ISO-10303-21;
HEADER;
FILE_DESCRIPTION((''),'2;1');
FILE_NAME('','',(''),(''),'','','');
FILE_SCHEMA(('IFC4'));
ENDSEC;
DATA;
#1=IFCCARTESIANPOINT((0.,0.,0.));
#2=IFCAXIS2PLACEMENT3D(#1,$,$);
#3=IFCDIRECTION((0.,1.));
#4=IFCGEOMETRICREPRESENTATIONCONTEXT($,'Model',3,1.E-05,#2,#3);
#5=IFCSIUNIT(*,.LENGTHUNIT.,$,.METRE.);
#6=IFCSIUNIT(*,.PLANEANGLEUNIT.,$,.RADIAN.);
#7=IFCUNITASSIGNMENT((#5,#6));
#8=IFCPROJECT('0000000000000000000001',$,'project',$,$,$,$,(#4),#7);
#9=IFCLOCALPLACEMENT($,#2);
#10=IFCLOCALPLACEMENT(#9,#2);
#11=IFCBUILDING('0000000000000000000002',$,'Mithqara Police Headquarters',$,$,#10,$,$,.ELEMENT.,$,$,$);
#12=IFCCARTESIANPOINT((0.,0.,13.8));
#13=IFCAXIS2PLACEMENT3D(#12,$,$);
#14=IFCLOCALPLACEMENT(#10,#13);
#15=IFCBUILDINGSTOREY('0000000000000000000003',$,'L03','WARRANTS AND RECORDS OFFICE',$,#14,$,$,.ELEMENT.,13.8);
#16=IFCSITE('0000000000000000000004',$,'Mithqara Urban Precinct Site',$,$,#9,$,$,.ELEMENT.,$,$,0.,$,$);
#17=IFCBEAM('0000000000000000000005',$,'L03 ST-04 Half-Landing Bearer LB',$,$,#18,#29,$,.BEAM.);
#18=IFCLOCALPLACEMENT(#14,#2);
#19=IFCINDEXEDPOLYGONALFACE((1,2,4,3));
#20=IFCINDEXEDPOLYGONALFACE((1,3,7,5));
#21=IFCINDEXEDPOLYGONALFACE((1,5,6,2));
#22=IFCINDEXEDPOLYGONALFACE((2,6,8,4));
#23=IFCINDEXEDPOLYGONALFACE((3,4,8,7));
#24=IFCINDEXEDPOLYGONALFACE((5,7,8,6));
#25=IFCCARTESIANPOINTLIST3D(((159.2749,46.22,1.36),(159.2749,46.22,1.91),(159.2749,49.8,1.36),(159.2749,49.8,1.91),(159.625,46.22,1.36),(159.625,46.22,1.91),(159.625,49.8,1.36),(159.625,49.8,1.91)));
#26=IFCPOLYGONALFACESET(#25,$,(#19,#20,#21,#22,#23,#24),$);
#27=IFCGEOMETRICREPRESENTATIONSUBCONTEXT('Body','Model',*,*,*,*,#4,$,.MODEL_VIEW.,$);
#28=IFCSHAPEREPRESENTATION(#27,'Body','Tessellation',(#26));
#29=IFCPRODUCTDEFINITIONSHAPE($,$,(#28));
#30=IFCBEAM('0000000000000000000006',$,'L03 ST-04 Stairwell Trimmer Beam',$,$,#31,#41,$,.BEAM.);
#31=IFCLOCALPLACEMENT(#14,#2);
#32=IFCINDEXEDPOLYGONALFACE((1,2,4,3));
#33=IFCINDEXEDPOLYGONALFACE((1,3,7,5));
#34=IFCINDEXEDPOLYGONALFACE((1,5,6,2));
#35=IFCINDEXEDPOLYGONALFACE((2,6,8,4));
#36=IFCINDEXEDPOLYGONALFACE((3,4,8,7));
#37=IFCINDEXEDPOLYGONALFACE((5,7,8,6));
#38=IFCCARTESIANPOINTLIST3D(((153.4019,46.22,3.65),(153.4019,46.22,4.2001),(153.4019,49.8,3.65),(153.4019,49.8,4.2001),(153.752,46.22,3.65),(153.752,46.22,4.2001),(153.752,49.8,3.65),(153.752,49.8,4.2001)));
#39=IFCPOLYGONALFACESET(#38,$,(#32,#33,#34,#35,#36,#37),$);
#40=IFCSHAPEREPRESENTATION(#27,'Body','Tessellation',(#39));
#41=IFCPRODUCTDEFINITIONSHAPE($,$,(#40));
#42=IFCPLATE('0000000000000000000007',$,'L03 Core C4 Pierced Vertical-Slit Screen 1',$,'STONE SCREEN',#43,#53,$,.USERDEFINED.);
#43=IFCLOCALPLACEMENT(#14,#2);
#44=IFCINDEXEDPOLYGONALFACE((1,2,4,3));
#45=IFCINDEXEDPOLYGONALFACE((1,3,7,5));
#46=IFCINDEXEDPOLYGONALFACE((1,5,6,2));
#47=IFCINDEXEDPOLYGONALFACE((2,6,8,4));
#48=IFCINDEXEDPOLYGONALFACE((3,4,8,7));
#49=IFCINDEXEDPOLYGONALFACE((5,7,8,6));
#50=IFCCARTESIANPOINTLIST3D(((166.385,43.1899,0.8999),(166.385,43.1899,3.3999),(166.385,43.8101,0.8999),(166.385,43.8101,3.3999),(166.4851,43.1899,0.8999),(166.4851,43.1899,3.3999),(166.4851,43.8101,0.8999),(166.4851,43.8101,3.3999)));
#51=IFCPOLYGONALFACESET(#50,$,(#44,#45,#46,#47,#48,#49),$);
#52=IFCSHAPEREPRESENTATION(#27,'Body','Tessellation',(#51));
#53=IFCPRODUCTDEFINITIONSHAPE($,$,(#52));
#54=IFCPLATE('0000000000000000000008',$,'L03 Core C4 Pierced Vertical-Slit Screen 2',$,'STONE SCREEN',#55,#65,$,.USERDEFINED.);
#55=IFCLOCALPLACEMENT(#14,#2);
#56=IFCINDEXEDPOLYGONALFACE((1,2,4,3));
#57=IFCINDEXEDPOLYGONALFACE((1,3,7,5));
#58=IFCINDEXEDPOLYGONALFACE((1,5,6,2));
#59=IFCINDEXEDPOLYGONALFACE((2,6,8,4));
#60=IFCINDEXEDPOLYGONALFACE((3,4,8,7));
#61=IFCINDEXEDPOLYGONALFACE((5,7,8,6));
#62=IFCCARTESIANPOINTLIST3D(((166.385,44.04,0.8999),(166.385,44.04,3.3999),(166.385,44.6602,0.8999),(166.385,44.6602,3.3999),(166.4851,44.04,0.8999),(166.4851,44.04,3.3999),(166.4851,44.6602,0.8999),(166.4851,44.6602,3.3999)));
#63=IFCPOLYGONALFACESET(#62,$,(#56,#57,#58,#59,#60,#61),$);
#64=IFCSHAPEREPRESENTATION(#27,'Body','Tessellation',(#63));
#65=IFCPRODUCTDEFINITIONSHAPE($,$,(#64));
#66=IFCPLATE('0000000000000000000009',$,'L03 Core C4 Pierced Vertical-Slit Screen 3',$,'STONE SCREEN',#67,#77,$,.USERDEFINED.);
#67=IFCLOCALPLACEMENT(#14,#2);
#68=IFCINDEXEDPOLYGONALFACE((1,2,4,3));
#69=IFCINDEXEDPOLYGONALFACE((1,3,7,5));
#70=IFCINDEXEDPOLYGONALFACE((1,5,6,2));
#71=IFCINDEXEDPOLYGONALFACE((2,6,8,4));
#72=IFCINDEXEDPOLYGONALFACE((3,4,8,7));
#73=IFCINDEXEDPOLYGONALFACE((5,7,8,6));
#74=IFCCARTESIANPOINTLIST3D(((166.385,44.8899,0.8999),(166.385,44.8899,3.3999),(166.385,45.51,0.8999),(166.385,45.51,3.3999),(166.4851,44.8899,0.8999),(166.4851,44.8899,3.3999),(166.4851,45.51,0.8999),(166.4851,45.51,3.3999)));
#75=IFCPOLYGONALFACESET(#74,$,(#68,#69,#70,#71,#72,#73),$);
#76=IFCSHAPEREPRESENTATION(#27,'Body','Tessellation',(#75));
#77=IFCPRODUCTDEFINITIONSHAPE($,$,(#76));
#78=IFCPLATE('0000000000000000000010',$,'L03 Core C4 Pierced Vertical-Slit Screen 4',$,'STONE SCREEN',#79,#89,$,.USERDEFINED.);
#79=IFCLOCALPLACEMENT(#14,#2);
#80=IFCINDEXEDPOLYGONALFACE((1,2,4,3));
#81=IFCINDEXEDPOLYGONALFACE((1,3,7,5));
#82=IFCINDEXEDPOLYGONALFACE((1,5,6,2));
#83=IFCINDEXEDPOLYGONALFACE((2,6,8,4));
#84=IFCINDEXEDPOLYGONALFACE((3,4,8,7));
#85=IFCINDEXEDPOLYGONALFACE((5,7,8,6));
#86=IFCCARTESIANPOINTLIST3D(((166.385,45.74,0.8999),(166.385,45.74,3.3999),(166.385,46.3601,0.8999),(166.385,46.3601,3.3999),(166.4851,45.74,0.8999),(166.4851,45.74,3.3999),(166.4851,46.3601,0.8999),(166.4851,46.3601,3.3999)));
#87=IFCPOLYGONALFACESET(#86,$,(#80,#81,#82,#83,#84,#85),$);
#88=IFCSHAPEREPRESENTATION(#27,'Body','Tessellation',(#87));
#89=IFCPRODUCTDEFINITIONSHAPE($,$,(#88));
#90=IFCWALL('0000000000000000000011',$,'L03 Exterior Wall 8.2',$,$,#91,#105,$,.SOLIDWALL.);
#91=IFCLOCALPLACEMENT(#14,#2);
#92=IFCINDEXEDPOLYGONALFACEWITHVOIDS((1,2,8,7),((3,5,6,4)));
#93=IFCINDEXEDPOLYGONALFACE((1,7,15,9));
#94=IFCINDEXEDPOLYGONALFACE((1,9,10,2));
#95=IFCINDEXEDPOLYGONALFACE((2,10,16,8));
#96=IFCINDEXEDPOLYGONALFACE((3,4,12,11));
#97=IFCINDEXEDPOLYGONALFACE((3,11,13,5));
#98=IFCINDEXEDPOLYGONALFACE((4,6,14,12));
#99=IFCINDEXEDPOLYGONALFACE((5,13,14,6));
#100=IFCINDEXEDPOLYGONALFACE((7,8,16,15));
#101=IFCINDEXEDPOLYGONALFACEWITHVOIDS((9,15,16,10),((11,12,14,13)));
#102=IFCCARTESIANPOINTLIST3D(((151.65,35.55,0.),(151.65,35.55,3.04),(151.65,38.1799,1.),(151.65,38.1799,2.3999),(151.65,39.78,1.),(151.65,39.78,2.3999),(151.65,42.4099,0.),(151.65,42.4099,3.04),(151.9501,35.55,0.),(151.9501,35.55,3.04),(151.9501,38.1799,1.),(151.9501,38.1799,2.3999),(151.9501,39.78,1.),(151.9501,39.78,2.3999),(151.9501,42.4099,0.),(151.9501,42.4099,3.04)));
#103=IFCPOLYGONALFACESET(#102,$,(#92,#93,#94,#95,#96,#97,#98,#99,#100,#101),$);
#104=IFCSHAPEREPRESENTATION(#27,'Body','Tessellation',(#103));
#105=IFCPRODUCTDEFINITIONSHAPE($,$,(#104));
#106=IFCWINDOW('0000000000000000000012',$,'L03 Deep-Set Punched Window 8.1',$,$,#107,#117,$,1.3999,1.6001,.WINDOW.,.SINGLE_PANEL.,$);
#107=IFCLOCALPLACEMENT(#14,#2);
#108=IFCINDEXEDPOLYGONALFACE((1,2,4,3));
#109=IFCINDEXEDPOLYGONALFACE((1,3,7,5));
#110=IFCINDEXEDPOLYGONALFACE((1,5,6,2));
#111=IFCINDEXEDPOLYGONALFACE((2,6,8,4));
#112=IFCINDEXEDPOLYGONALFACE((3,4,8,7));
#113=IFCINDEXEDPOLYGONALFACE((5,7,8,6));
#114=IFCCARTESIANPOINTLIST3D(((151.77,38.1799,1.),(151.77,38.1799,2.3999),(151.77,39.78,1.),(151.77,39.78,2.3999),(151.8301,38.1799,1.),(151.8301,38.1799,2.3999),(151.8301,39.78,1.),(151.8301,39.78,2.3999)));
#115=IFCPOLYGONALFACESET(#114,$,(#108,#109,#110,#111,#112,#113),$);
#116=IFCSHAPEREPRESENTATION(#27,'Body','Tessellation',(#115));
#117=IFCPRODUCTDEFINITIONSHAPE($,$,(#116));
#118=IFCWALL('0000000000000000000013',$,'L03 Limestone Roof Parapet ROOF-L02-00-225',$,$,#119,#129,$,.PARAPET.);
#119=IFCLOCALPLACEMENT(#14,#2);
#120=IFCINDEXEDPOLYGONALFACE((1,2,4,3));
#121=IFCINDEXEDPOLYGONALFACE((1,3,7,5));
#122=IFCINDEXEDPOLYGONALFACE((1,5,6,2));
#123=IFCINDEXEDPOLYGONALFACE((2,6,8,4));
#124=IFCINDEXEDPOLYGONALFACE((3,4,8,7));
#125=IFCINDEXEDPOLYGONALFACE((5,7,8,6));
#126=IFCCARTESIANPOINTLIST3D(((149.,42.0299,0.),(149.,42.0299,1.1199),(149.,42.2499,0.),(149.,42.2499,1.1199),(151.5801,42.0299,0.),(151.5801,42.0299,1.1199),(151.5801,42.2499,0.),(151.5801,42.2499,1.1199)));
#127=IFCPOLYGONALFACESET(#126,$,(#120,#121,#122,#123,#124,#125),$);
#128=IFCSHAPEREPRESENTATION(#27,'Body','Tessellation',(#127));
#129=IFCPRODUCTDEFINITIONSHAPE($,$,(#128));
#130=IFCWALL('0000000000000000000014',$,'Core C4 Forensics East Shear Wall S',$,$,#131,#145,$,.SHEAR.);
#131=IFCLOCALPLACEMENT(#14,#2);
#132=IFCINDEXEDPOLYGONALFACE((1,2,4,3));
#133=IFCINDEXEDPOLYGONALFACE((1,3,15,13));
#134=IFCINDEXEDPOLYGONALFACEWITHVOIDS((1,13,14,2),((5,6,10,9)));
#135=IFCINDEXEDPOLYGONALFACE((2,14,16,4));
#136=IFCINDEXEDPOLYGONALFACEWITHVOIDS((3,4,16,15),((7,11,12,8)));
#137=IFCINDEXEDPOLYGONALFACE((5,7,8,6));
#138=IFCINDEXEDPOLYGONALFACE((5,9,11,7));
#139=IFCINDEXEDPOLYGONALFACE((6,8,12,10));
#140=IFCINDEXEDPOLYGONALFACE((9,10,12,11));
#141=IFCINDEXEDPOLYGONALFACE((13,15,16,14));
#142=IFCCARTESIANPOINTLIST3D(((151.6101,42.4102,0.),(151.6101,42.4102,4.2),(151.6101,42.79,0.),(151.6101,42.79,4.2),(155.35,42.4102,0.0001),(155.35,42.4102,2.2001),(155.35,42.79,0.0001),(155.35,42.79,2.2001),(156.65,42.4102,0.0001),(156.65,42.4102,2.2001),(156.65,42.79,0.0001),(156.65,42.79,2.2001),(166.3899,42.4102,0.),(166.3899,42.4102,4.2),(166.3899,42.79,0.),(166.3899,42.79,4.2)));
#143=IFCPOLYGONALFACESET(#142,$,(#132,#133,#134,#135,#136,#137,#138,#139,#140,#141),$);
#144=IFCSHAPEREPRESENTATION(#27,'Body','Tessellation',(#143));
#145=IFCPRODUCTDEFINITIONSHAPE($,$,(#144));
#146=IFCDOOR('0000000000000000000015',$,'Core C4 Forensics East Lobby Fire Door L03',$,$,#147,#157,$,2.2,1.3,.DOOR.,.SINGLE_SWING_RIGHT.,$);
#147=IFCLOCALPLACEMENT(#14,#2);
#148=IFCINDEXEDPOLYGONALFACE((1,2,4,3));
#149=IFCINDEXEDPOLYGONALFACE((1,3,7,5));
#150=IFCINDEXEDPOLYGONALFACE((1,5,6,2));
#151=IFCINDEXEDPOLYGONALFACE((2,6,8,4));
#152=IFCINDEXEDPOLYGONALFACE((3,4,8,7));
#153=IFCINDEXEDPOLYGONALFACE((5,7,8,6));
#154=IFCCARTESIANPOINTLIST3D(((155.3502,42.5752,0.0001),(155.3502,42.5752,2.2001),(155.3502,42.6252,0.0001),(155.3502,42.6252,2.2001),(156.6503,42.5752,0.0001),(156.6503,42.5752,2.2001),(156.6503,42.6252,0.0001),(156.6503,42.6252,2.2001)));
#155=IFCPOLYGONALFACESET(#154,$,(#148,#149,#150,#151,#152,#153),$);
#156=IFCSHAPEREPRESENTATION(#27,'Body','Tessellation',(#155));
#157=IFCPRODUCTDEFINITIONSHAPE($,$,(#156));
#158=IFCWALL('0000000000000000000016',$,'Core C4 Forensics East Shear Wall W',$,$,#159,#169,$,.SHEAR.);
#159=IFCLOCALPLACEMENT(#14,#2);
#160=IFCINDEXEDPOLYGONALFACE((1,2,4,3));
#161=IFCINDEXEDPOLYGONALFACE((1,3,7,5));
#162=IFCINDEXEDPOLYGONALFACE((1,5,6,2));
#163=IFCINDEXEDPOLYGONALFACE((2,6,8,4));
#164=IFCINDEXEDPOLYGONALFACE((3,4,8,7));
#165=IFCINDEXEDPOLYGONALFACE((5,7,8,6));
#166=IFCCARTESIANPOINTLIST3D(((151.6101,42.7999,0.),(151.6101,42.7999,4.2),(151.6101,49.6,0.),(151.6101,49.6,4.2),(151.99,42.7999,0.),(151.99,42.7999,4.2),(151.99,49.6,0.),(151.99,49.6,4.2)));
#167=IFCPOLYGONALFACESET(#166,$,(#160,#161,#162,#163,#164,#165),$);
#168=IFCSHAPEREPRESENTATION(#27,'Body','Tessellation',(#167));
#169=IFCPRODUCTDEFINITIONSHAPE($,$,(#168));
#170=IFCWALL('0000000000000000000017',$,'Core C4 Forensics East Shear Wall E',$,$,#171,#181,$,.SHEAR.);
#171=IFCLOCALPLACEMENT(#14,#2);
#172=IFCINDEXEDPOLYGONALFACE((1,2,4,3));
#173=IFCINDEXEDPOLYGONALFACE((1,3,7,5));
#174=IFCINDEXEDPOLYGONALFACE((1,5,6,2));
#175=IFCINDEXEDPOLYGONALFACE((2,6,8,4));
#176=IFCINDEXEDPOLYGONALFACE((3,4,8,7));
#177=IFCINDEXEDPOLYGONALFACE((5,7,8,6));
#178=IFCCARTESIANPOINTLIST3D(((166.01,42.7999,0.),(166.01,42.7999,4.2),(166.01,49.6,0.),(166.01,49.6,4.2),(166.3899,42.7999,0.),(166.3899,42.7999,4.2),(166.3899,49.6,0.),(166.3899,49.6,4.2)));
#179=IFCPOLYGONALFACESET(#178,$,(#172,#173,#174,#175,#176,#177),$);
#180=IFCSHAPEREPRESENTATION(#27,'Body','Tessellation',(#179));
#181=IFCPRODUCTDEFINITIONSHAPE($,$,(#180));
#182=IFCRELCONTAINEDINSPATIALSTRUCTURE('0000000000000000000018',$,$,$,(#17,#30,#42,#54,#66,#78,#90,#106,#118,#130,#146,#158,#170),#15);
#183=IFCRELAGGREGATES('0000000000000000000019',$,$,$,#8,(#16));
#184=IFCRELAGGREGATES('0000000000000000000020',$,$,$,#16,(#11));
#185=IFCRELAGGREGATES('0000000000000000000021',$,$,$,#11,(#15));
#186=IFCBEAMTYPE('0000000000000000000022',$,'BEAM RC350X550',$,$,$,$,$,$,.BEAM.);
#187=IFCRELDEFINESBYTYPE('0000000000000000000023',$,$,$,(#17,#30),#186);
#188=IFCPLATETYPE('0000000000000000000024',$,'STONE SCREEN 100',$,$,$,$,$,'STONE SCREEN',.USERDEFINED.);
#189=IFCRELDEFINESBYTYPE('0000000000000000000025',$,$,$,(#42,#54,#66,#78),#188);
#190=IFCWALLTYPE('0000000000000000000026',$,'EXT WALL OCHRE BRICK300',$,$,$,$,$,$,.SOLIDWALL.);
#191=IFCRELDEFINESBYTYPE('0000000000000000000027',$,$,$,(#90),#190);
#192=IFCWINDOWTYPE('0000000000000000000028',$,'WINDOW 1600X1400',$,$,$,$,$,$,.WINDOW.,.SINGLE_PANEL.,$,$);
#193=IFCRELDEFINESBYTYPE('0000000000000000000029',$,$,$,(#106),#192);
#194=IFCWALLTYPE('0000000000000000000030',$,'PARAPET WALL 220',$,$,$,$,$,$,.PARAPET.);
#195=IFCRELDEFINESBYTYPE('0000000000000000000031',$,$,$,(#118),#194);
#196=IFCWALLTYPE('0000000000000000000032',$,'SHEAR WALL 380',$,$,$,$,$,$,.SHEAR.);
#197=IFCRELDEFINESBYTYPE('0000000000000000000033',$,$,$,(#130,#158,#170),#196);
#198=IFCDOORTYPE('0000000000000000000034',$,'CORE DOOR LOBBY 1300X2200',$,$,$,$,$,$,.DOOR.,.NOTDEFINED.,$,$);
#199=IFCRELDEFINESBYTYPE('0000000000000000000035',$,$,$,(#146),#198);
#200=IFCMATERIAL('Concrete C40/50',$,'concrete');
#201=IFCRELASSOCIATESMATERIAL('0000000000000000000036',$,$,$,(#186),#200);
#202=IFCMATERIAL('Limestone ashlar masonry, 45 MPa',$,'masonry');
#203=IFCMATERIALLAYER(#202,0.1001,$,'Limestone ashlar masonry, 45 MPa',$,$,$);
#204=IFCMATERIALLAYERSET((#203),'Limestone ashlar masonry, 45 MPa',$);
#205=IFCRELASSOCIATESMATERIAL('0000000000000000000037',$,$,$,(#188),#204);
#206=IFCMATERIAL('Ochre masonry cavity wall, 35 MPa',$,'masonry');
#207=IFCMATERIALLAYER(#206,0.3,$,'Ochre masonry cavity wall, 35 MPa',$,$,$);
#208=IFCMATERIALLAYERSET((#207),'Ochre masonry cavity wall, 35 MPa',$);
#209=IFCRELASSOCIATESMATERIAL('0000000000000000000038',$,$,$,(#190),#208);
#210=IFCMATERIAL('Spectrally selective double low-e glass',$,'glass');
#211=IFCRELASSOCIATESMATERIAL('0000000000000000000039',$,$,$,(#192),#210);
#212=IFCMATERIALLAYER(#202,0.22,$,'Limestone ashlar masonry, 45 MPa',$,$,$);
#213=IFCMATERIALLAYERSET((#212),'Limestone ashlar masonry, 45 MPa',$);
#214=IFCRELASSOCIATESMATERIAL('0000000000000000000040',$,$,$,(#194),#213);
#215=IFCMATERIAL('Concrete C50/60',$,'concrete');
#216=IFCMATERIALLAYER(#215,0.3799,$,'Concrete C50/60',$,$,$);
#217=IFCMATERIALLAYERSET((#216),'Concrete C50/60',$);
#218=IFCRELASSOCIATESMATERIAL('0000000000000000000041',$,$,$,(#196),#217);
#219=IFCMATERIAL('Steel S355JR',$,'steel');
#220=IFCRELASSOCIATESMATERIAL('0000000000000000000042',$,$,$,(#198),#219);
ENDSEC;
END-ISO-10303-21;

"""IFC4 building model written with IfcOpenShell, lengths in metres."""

from ifc_helpers import new_model, si_unit, direction, frame, frame_2d, origin, origin_2d, place, context, subcontext, project, spatial, rectangle, extrude, material, layer, layer_set, material_profile, profile_set, type_object, element, fill, save


model = new_model("IFC4")

# Units and contexts
model_context = context("Model", 3, precision=1e-05, world=origin(), true_north=direction((0.0, 1.0)))
body_context = subcontext(model_context, "Body", "Model", "MODEL_VIEW")
ifc_project = project(units=[si_unit("LENGTHUNIT", "METRE"), si_unit("PLANEANGLEUNIT", "RADIAN")], contexts=[model_context])

# Site, building, storey
site_placement = place(None, origin())
site = spatial("IfcSite", under=ifc_project, at=site_placement, Name="Mithqara Urban Precinct Site", CompositionType="ELEMENT", RefElevation=0.0)
building_placement = place(site_placement, origin())
building = spatial("IfcBuilding", under=site, at=building_placement, Name="Mithqara Police Headquarters", CompositionType="ELEMENT")
storey_placement = place(building_placement, frame((0.0, 0.0, 13.8)))
storey = spatial("IfcBuildingStorey", under=building, at=storey_placement, Name="L03", Description="WARRANTS AND RECORDS OFFICE", CompositionType="ELEMENT", Elevation=13.8)

# Beams
ifc_material_1 = material(Name="Steel S355JR", Category="steel")
ifc_material_2 = material(Name="Concrete C40/50", Category="concrete")
ifc_material_profile_1 = material_profile(ifc_material_2, rectangle(XDim=0.3501, YDim=0.55, at=origin_2d()), Name="RC 350x550")
ifc_profile_set_1 = profile_set([ifc_material_profile_1], Name="Concrete C40/50")
beam_type_1 = type_object("IfcBeamType", Name="BEAM RC350X550", PredefinedType="BEAM", material=ifc_profile_set_1)
for number, where, z_axis, x_axis, name in (
    (1, (159.45, 46.22, 1.635), (0.0, 1.0, 0.0), (-1.0, 0.0, 0.0), "L03 ST-04 Half-Landing Bearer LB"),
    (2, (153.5769, 46.22, 3.925), (0.0, 1.0, 0.0), (-1.0, 0.0, 0.0), "L03 ST-04 Stairwell Trimmer Beam"),
):
    element("IfcBeam", number, at=place(storey_placement, frame(where, z_axis=z_axis, x_axis=x_axis)), inside=storey, type_object=beam_type_1, Name=name, PredefinedType="BEAM", context=body_context, shape_type="SweptSolid", body=[
        extrude(rectangle(XDim=0.3501, YDim=0.55, at=origin_2d()), origin(), (0.0, 0.0, 1.0), 3.5801),
    ])

# Plates
ifc_material_3 = material(Name="Limestone ashlar masonry, 45 MPa", Category="masonry")
ifc_layer_1 = layer(ifc_material_3, 0.1001, Name="Limestone ashlar masonry, 45 MPa")
ifc_layer_set_1 = layer_set([ifc_layer_1], Name="Limestone ashlar masonry, 45 MPa")
plate_type = type_object("IfcPlateType", Name="STONE SCREEN 100", ElementType="STONE SCREEN", PredefinedType="USERDEFINED", material=ifc_layer_set_1)
for number, where, z_axis, x_axis, name in (
    (3, (166.4351, 43.5, 0.8999), (0.0, 0.0, 1.0), (0.0, 1.0, 0.0), "L03 Core C4 Pierced Vertical-Slit Screen 1"),
    (4, (166.4351, 44.3501, 0.8999), (0.0, 0.0, 1.0), (0.0, 1.0, 0.0), "L03 Core C4 Pierced Vertical-Slit Screen 2"),
    (5, (166.4351, 45.2, 0.8999), (0.0, 0.0, 1.0), (0.0, 1.0, 0.0), "L03 Core C4 Pierced Vertical-Slit Screen 3"),
    (6, (166.4351, 46.05, 0.8999), (0.0, 0.0, 1.0), (0.0, 1.0, 0.0), "L03 Core C4 Pierced Vertical-Slit Screen 4"),
):
    element("IfcPlate", number, at=place(storey_placement, frame(where, z_axis=z_axis, x_axis=x_axis)), inside=storey, type_object=plate_type, Name=name, ObjectType="STONE SCREEN", PredefinedType="USERDEFINED", context=body_context, shape_type="SweptSolid", body=[
        extrude(rectangle(XDim=0.6201, YDim=0.1001, at=origin_2d()), origin(), (0.0, 0.0, 1.0), 2.5),
    ])

# Wall, opening, window
ifc_material_4 = material(Name="Ochre masonry cavity wall, 35 MPa", Category="masonry")
ifc_layer_2 = layer(ifc_material_4, 0.3, Name="Ochre masonry cavity wall, 35 MPa")
ifc_layer_set_2 = layer_set([ifc_layer_2], Name="Ochre masonry cavity wall, 35 MPa")
wall_type_1 = type_object("IfcWallType", Name="EXT WALL OCHRE BRICK300", PredefinedType="SOLIDWALL", material=ifc_layer_set_2)
wall_1_placement = place(storey_placement, frame((151.8, 42.4099, 0.0), z_axis=(0.0, 0.0, 1.0), x_axis=(0.0, -1.0, 0.0)))
wall_1 = element("IfcWall", 7, at=wall_1_placement, inside=storey, type_object=wall_type_1, Name="L03 Exterior Wall 8.2", PredefinedType="SOLIDWALL", context=body_context, shape_type="SweptSolid", body=[
    extrude(rectangle(XDim=6.8599, YDim=0.3, at=frame_2d((3.4299, 0.0))), origin(), (0.0, 0.0, 1.0), 3.04),
])
opening_1_placement = place(wall_1_placement, frame((2.6299, 0.0, 1.0)))
opening_1 = element("IfcOpeningElement", 8, at=opening_1_placement, cuts=wall_1, PredefinedType="OPENING", context=body_context, shape_type="SweptSolid", body=[
    extrude(rectangle(XDim=1.6001, YDim=1.3999, at=frame_2d((0.8, 0.7))), frame((0.0, 0.1602, 0.0), z_axis=(0.0, -1.0, 0.0), x_axis=(1.0, 0.0, 0.0)), (0.0, 0.0, 1.0), 0.3201),
])
ifc_material_5 = material(Name="Spectrally selective double low-e glass", Category="glass")
window_type = type_object("IfcWindowType", Name="WINDOW 1600X1400", PartitioningType="SINGLE_PANEL", PredefinedType="WINDOW", material=ifc_material_5)
window_placement = place(opening_1_placement, origin())
window = element("IfcWindow", 9, at=window_placement, inside=storey, type_object=window_type, Name="L03 Deep-Set Punched Window 8.1", OverallHeight=1.3999, OverallWidth=1.6001, PartitioningType="SINGLE_PANEL", PredefinedType="WINDOW", context=body_context, shape_type="SweptSolid", body=[
    extrude(rectangle(XDim=1.6001, YDim=1.3999, at=frame_2d((0.8, 0.7))), frame((0.0, 0.03, 0.0), z_axis=(0.0, -1.0, 0.0), x_axis=(1.0, 0.0, 0.0)), (0.0, 0.0, 1.0), 0.0601),
])
fill(opening_1, window)

# Wall
ifc_layer_3 = layer(ifc_material_3, 0.22, Name="Limestone ashlar masonry, 45 MPa")
ifc_layer_set_3 = layer_set([ifc_layer_3], Name="Limestone ashlar masonry, 45 MPa")
wall_type_2 = type_object("IfcWallType", Name="PARAPET WALL 220", PredefinedType="PARAPET", material=ifc_layer_set_3)
wall_2_placement = place(storey_placement, frame((149.0, 42.1399, 0.0), z_axis=(0.0, 0.0, 1.0), x_axis=(1.0, 0.0, 0.0)))
element("IfcWall", 10, at=wall_2_placement, inside=storey, type_object=wall_type_2, Name="L03 Limestone Roof Parapet ROOF-L02-00-225", PredefinedType="PARAPET", context=body_context, shape_type="SweptSolid", body=[
    extrude(rectangle(XDim=2.5801, YDim=0.22, at=frame_2d((1.29, 0.0))), origin(), (0.0, 0.0, 1.0), 1.1199),
])

# Wall, opening, door
ifc_material_6 = material(Name="Concrete C50/60", Category="concrete")
ifc_layer_4 = layer(ifc_material_6, 0.3799, Name="Concrete C50/60")
ifc_layer_set_4 = layer_set([ifc_layer_4], Name="Concrete C50/60")
wall_type_3 = type_object("IfcWallType", Name="SHEAR WALL 380", PredefinedType="SHEAR", material=ifc_layer_set_4)
wall_3_placement = place(storey_placement, frame((151.6101, 42.6001, 0.0), z_axis=(0.0, 0.0, 1.0), x_axis=(1.0, 0.0, 0.0)))
wall_3 = element("IfcWall", 11, at=wall_3_placement, inside=storey, type_object=wall_type_3, Name="Core C4 Forensics East Shear Wall S", PredefinedType="SHEAR", context=body_context, shape_type="SweptSolid", body=[
    extrude(rectangle(XDim=14.7798, YDim=0.3799, at=frame_2d((7.3899, 0.0))), origin(), (0.0, 0.0, 1.0), 4.2),
])
opening_2_placement = place(wall_3_placement, frame((3.74, 0.0, 0.0)))
opening_2 = element("IfcOpeningElement", 12, at=opening_2_placement, cuts=wall_3, PredefinedType="OPENING", context=body_context, shape_type="SweptSolid", body=[
    extrude(rectangle(XDim=1.3, YDim=2.2, at=frame_2d((0.6499, 1.1001))), frame((0.0, 0.2, 0.0), z_axis=(0.0, -1.0, 0.0), x_axis=(1.0, 0.0, 0.0)), (0.0, 0.0, 1.0), 0.3999),
])
door_type_1 = type_object("IfcDoorType", Name="CORE DOOR LOBBY 1300X2200", OperationType="NOTDEFINED", PredefinedType="DOOR", material=ifc_material_1)
door_1_placement = place(opening_2_placement, frame((1.3, 0.0, 0.0), z_axis=(0.0, 0.0, 1.0), x_axis=(-1.0, 0.0, 0.0)))
door_1 = element("IfcDoor", 13, at=door_1_placement, inside=storey, type_object=door_type_1, Name="Core C4 Forensics East Lobby Fire Door L03", OperationType="SINGLE_SWING_RIGHT", OverallHeight=2.2, OverallWidth=1.3, PredefinedType="DOOR", context=body_context, shape_type="SweptSolid", body=[
    extrude(rectangle(XDim=1.3, YDim=2.2, at=frame_2d((0.6499, 1.1001))), frame((0.0, 0.0249, 0.0), z_axis=(0.0, -1.0, 0.0), x_axis=(1.0, 0.0, 0.0)), (0.0, 0.0, 1.0), 0.05),
])
fill(opening_2, door_1)

# Walls
for number, where, z_axis, x_axis, name in (
    (14, (151.8, 42.8, 0.0), (0.0, 0.0, 1.0), (0.0, 1.0, 0.0), "Core C4 Forensics East Shear Wall W"),
    (15, (166.2, 42.8, 0.0), (0.0, 0.0, 1.0), (0.0, 1.0, 0.0), "Core C4 Forensics East Shear Wall E"),
):
    element("IfcWall", number, at=place(storey_placement, frame(where, z_axis=z_axis, x_axis=x_axis)), inside=storey, type_object=wall_type_3, Name=name, PredefinedType="SHEAR", context=body_context, shape_type="SweptSolid", body=[
        extrude(rectangle(XDim=6.8, YDim=0.3799, at=frame_2d((3.3999, 0.0))), origin(), (0.0, 0.0, 1.0), 4.2),
    ])

save(model, "model.ifc")
